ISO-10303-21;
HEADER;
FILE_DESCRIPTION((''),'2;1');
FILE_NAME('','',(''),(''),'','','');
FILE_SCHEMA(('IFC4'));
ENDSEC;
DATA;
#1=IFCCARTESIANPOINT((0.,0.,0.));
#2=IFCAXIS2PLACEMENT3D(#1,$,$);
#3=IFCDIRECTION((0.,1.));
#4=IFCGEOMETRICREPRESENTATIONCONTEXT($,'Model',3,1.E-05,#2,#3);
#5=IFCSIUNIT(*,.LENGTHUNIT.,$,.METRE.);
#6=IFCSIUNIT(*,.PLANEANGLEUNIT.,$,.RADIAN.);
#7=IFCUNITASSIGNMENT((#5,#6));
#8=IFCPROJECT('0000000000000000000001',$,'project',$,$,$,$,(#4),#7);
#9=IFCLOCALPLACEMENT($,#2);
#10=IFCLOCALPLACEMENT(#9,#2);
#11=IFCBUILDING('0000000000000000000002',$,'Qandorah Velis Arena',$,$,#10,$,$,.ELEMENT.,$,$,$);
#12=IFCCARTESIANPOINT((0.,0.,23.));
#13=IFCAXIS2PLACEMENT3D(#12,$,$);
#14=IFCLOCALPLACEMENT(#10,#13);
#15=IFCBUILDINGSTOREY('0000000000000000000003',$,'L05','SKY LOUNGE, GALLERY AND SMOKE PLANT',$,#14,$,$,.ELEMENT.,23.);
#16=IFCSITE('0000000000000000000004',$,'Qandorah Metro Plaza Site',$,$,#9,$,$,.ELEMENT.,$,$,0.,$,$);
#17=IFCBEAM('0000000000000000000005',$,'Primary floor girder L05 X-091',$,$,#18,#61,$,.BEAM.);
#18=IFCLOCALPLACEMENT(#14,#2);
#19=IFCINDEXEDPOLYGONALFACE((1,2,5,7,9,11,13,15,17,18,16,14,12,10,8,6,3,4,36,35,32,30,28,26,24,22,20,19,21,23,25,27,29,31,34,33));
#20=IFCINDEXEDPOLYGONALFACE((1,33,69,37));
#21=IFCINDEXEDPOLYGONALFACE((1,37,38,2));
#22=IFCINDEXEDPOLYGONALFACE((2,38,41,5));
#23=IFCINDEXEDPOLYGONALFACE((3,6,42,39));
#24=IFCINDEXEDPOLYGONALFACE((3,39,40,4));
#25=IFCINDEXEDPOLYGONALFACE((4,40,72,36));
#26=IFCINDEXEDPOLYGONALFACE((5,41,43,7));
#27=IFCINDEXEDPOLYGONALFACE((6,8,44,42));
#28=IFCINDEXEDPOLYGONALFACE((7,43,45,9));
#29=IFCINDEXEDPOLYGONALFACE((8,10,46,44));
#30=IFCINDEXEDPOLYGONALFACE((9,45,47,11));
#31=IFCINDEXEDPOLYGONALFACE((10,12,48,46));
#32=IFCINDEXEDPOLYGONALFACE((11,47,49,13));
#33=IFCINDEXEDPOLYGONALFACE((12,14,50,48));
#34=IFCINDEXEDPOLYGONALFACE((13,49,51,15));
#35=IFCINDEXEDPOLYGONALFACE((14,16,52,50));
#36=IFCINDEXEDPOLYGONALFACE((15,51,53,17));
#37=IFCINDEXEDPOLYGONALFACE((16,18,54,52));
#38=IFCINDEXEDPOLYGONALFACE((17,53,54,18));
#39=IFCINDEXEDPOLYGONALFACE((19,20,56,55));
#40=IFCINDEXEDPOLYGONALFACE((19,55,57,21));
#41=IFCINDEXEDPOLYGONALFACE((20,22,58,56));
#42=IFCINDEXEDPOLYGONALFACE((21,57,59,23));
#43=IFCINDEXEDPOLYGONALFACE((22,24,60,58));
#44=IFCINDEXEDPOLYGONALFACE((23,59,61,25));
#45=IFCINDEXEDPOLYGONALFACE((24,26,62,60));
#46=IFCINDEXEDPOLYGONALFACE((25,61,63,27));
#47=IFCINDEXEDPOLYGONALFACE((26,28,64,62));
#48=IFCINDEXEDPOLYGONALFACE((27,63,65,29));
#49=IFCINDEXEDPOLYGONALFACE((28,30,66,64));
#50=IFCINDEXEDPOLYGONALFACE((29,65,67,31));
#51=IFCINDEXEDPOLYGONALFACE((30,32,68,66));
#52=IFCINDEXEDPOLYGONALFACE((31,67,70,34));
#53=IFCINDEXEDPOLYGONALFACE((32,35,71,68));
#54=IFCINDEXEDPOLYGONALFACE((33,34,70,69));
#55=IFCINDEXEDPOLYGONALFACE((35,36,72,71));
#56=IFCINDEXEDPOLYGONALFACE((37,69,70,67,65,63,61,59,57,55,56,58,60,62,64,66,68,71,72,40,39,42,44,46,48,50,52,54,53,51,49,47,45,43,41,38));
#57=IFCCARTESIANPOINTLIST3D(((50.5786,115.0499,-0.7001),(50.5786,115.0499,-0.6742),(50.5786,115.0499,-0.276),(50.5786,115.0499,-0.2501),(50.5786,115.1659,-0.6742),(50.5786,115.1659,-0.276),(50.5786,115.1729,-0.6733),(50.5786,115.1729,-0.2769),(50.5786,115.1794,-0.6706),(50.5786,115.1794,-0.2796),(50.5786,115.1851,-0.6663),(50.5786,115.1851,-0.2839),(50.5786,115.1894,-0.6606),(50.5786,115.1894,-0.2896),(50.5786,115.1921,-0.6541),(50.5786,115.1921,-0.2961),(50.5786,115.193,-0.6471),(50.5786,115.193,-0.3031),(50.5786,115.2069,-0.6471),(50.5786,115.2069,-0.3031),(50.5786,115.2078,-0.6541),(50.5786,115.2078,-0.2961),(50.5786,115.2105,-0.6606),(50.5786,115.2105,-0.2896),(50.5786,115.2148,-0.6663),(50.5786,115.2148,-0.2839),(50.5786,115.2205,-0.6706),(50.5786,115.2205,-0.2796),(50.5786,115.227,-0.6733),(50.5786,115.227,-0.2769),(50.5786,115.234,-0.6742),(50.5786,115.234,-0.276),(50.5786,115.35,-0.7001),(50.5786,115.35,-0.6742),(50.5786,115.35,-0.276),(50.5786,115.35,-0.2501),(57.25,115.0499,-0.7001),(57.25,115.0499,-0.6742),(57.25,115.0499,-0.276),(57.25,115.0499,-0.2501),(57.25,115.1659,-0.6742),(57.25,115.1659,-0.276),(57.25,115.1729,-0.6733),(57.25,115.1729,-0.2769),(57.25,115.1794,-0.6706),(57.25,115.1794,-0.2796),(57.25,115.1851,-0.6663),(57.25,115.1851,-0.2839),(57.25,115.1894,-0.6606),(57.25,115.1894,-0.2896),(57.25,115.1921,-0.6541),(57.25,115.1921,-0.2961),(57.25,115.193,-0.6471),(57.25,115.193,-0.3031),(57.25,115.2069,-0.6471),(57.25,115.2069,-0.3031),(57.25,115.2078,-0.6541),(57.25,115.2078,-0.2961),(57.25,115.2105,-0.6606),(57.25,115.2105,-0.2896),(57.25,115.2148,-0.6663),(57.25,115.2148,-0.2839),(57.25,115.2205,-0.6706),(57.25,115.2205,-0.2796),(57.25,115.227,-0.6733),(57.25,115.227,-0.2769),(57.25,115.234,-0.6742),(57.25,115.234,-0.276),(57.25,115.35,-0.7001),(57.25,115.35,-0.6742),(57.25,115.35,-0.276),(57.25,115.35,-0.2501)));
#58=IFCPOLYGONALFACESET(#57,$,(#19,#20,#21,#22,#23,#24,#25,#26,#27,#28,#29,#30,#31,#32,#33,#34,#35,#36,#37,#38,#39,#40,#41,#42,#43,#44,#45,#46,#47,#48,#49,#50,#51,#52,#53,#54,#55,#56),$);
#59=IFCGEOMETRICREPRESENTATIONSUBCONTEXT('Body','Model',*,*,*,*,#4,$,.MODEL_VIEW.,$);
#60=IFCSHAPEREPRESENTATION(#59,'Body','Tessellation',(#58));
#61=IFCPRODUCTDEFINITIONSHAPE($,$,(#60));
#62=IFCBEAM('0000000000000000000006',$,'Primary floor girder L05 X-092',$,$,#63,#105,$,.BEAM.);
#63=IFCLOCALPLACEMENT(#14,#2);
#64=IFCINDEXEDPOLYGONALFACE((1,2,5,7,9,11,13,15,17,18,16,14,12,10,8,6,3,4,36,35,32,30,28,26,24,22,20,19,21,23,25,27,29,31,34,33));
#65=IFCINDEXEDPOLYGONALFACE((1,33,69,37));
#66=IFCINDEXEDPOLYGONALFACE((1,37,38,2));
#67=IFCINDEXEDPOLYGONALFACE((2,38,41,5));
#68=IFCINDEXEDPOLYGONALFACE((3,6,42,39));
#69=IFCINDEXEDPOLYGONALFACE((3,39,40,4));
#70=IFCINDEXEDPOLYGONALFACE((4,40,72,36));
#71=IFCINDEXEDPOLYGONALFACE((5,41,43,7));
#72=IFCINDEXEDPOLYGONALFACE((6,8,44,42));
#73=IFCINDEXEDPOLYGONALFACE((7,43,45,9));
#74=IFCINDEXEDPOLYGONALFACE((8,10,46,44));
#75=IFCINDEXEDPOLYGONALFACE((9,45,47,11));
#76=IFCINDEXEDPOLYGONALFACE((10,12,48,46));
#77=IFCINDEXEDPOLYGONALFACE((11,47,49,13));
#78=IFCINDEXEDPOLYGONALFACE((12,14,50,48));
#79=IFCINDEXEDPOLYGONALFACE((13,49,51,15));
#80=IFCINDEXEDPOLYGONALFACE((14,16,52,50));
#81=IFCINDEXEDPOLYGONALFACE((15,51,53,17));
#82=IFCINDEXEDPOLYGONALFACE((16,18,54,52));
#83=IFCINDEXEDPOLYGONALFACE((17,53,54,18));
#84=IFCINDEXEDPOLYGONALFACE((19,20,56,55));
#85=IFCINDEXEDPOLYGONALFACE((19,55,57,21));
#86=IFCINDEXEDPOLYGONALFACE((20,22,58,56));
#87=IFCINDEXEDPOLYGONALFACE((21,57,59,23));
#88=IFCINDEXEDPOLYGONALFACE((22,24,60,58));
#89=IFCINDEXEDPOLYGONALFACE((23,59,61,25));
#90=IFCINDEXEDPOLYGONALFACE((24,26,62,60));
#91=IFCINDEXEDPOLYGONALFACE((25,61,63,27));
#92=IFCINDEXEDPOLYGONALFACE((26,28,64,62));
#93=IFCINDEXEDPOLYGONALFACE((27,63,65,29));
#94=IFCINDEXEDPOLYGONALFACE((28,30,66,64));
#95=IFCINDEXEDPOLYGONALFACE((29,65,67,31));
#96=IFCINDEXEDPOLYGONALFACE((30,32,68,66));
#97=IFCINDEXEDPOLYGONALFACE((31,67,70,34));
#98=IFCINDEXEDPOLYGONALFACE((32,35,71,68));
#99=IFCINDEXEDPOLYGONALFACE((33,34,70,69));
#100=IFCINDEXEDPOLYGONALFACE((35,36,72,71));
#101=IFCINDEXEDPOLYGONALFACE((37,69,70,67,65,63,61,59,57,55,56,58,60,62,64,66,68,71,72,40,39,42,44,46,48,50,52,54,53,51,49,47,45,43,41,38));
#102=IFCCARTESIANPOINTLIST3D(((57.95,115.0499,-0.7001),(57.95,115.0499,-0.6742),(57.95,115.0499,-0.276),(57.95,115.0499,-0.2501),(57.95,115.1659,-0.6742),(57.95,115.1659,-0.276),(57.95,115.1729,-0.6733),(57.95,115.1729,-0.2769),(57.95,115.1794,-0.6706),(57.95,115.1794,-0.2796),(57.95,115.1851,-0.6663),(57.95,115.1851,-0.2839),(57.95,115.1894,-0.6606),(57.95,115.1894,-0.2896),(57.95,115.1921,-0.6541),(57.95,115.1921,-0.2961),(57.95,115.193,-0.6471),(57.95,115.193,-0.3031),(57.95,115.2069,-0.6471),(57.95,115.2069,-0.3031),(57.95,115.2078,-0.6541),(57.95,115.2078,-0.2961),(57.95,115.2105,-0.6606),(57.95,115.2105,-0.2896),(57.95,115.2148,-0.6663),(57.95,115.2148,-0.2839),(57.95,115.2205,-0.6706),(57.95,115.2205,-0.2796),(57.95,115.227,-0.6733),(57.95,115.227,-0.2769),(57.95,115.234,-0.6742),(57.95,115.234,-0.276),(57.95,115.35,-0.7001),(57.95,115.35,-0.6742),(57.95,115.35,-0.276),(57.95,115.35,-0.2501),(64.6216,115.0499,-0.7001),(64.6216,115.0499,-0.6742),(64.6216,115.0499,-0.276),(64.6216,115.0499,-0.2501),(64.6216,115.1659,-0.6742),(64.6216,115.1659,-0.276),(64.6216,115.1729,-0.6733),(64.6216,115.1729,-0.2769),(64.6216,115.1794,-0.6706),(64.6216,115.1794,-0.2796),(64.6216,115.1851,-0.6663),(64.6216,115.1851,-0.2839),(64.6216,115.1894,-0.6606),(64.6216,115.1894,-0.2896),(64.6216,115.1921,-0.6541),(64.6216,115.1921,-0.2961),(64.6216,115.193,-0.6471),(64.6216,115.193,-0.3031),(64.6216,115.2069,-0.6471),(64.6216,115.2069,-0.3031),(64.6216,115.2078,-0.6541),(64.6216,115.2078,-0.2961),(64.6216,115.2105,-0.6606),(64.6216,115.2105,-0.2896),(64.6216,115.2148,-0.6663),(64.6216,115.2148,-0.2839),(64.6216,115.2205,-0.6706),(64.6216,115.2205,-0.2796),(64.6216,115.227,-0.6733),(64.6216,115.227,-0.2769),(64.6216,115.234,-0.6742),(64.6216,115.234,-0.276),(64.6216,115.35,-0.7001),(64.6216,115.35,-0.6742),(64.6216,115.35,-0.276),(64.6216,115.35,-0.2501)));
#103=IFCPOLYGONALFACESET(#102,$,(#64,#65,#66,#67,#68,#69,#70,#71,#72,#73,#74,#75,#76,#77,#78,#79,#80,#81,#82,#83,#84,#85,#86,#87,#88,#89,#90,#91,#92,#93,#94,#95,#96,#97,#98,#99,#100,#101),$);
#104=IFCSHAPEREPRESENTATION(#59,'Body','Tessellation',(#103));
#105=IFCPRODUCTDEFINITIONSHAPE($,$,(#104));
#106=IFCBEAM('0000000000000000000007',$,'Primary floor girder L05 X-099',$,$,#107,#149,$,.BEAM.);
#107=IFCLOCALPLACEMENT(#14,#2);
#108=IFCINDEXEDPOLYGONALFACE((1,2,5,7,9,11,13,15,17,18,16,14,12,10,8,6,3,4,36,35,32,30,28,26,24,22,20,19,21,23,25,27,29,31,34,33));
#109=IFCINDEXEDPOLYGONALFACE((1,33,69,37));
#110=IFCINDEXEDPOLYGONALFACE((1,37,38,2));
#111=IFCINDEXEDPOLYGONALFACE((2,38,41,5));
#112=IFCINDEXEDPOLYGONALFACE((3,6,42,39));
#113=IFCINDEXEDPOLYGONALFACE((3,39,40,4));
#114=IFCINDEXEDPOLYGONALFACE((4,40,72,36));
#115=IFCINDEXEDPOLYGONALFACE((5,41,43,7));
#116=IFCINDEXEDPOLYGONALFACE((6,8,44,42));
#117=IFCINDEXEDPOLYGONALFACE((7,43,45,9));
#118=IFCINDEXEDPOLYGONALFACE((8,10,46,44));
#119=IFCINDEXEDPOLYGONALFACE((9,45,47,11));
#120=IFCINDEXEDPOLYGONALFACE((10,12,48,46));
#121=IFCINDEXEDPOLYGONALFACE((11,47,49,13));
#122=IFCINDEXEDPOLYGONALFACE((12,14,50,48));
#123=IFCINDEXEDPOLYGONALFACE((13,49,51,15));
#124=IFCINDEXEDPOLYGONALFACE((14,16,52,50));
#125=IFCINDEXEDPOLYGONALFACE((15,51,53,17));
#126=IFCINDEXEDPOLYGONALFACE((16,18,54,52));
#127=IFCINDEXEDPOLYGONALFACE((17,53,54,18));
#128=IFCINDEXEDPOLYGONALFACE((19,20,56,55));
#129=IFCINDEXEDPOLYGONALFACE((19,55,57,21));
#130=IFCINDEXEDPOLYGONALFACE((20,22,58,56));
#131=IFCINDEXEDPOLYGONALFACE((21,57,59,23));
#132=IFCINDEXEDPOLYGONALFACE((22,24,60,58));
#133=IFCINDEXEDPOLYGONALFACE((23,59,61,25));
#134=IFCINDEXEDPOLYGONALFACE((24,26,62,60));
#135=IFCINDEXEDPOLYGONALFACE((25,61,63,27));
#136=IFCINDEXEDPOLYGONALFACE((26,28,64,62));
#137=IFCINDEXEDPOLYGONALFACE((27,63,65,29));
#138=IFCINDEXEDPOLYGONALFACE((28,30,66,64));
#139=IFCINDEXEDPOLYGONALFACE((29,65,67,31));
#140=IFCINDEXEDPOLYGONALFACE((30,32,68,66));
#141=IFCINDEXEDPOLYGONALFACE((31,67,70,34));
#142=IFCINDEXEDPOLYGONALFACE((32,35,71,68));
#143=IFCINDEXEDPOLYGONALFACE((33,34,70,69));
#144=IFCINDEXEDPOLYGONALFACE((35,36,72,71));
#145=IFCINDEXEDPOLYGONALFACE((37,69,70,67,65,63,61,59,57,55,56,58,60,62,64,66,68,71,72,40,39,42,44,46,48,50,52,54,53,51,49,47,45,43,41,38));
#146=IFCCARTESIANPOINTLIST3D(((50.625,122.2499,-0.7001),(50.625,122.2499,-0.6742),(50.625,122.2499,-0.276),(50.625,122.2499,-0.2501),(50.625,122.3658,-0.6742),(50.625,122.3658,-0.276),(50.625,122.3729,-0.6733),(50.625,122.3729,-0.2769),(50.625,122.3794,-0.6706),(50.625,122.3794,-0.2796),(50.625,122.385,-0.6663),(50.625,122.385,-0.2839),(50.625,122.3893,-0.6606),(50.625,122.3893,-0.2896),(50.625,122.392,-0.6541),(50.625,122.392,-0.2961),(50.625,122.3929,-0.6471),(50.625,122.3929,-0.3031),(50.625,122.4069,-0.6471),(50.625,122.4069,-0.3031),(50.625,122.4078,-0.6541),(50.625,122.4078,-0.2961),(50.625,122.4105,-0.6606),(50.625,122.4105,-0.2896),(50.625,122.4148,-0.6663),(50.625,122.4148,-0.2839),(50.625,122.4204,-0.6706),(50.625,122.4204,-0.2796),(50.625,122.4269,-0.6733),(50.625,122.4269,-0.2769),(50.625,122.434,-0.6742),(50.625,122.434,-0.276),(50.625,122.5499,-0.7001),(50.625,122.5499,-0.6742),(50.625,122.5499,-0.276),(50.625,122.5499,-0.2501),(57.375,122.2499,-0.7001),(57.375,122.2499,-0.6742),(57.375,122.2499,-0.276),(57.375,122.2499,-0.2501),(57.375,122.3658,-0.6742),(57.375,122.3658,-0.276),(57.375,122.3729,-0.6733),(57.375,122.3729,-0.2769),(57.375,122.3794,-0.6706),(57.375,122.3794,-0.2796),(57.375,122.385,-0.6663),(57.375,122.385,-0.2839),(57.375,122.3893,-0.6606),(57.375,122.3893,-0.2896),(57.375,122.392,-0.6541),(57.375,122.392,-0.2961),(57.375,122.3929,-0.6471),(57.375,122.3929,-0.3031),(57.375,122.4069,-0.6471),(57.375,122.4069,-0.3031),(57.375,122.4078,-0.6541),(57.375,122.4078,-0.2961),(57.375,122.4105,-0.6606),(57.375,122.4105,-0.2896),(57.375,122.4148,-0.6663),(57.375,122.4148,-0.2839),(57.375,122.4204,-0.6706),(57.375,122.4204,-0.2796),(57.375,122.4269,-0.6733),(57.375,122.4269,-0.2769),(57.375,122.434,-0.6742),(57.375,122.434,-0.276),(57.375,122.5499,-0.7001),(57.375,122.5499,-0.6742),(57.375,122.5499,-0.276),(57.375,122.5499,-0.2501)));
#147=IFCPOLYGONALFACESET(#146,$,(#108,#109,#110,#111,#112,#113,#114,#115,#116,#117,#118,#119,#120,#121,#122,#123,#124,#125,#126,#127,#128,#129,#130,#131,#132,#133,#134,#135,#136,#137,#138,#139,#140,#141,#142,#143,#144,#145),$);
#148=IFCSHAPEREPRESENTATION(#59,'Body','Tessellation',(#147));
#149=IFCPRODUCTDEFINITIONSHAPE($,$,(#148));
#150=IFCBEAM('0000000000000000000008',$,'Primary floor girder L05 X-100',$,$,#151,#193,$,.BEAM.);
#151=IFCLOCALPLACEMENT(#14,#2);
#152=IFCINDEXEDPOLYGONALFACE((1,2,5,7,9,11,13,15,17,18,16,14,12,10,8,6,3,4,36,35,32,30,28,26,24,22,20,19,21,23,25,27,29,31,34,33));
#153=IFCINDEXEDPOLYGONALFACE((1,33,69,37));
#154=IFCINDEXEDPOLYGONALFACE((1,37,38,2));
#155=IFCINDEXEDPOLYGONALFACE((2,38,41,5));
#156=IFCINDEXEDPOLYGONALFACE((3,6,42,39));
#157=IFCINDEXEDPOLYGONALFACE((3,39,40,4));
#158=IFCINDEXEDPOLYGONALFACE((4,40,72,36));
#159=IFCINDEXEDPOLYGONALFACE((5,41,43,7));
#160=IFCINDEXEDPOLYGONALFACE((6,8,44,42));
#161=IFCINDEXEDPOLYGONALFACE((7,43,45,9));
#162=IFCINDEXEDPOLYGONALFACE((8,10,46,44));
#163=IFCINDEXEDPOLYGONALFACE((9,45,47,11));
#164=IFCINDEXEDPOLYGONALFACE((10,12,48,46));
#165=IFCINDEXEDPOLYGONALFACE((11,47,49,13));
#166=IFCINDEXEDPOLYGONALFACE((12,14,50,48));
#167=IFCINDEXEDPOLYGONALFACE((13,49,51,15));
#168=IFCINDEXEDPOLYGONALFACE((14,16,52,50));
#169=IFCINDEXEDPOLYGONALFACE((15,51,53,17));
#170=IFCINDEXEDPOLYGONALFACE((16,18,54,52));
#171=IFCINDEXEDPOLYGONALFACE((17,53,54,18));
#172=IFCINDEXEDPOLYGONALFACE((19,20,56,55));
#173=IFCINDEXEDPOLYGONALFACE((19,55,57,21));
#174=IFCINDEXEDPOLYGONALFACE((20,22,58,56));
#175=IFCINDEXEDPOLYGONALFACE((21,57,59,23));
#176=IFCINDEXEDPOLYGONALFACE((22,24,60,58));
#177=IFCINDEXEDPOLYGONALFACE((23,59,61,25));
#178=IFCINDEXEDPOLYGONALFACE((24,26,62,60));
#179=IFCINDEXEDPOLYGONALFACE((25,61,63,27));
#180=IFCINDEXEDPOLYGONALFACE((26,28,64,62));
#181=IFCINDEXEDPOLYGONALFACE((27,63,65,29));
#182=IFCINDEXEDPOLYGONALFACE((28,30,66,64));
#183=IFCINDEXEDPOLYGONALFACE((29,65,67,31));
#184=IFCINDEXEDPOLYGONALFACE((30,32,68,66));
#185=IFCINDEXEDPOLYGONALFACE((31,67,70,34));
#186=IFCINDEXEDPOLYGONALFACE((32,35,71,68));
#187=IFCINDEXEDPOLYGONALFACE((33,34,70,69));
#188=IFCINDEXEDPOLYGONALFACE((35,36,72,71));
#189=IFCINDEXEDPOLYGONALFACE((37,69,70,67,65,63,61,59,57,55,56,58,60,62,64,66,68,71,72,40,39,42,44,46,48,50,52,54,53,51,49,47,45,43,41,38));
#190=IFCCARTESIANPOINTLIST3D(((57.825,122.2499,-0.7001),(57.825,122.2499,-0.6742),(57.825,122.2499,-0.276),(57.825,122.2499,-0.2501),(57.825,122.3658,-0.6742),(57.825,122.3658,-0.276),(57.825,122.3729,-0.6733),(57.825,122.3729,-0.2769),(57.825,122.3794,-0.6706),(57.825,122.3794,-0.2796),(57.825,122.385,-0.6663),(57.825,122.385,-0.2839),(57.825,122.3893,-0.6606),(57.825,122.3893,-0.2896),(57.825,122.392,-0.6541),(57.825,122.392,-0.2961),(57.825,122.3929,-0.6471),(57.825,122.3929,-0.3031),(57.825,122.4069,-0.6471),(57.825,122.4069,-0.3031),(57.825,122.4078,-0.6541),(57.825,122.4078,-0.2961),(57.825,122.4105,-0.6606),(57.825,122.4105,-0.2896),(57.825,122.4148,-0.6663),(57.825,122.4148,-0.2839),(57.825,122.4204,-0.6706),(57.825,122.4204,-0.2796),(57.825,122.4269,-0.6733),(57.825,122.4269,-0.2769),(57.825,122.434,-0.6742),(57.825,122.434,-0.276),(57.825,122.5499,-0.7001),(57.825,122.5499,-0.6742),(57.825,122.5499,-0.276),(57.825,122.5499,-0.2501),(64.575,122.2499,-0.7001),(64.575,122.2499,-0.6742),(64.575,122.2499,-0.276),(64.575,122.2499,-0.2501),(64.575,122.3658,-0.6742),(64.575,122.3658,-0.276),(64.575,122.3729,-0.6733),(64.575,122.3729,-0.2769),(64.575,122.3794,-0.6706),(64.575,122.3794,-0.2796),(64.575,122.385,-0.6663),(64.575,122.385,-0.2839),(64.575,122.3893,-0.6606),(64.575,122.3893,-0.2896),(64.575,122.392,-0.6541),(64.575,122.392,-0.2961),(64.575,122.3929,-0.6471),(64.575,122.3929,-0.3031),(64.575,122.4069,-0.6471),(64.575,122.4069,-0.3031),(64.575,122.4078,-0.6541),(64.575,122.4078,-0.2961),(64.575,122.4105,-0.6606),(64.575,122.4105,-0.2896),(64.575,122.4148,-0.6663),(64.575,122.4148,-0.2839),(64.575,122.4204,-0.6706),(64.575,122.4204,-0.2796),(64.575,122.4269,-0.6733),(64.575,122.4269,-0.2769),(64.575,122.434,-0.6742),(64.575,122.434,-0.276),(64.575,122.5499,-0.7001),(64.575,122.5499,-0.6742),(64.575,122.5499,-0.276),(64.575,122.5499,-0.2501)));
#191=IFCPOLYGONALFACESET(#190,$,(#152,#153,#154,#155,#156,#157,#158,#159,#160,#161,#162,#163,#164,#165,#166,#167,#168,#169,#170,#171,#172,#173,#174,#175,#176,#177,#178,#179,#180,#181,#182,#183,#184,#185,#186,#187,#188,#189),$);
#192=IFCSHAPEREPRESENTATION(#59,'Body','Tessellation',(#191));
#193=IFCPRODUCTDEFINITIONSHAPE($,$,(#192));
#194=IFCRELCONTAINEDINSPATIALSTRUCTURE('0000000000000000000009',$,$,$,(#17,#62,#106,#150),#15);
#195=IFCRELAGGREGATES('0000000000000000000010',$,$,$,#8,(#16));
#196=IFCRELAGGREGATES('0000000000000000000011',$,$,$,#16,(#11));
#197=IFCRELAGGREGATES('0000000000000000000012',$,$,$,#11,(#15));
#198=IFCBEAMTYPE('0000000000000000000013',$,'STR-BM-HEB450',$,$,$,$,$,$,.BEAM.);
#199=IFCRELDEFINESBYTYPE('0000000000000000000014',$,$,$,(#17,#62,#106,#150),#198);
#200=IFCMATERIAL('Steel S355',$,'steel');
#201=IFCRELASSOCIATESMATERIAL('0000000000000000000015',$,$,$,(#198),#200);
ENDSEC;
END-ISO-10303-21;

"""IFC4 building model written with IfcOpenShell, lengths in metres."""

from ifc_helpers import new_model, si_unit, direction, frame, origin, origin_2d, place, context, subcontext, project, spatial, i_section, extrude, material, material_profile, profile_set, type_object, element, save


model = new_model("IFC4")

# Units and contexts
model_context = context("Model", 3, precision=1e-05, world=origin(), true_north=direction((0.0, 1.0)))
body_context = subcontext(model_context, "Body", "Model", "MODEL_VIEW")
ifc_project = project(units=[si_unit("LENGTHUNIT", "METRE"), si_unit("PLANEANGLEUNIT", "RADIAN")], contexts=[model_context])

# Site, building, storey
site_placement = place(None, origin())
site = spatial("IfcSite", under=ifc_project, at=site_placement, Name="Qandorah Metro Plaza Site", CompositionType="ELEMENT", RefElevation=0.0)
building_placement = place(site_placement, origin())
building = spatial("IfcBuilding", under=site, at=building_placement, Name="Qandorah Velis Arena", CompositionType="ELEMENT")
storey_placement = place(building_placement, frame((0.0, 0.0, 23.0)))
storey = spatial("IfcBuildingStorey", under=building, at=storey_placement, Name="L05", Description="SKY LOUNGE, GALLERY AND SMOKE PLANT", CompositionType="ELEMENT", Elevation=23.0)

# Beams
ifc_material_1 = material(Name="Steel S355", Category="steel")
ifc_material_profile_1 = material_profile(ifc_material_1, i_section(OverallWidth=0.3, OverallDepth=0.45, WebThickness=0.0139, FlangeThickness=0.0259, FilletRadius=0.0271, at=origin_2d()), Name="HEB 450")
ifc_profile_set_1 = profile_set([ifc_material_profile_1], Name="Steel S355")
beam_type_1 = type_object("IfcBeamType", Name="STR-BM-HEB450", PredefinedType="BEAM", material=ifc_profile_set_1)
beam_1_placement = place(storey_placement, frame((50.5786, 115.2, -0.4751), z_axis=(1.0, 0.0, 0.0), x_axis=(0.0, 1.0, 0.0)))
element("IfcBeam", 1, at=beam_1_placement, inside=storey, type_object=beam_type_1, Name="Primary floor girder L05 X-091", PredefinedType="BEAM", context=body_context, shape_type="SweptSolid", body=[
    extrude(i_section(OverallWidth=0.3, OverallDepth=0.45, WebThickness=0.0139, FlangeThickness=0.0259, FilletRadius=0.0271, at=origin_2d()), origin(), (0.0, 0.0, 1.0), 6.6714),
])
beam_2_placement = place(storey_placement, frame((57.95, 115.2, -0.4751), z_axis=(1.0, 0.0, 0.0), x_axis=(0.0, 1.0, 0.0)))
element("IfcBeam", 2, at=beam_2_placement, inside=storey, type_object=beam_type_1, Name="Primary floor girder L05 X-092", PredefinedType="BEAM", context=body_context, shape_type="SweptSolid", body=[
    extrude(i_section(OverallWidth=0.3, OverallDepth=0.45, WebThickness=0.0139, FlangeThickness=0.0259, FilletRadius=0.0271, at=origin_2d()), origin(), (0.0, 0.0, 1.0), 6.6716),
])
for number, where, z_axis, x_axis, name in (
    (3, (50.625, 122.3999, -0.4751), (1.0, 0.0, 0.0), (0.0, 1.0, 0.0), "Primary floor girder L05 X-099"),
    (4, (57.825, 122.3999, -0.4751), (1.0, 0.0, 0.0), (0.0, 1.0, 0.0), "Primary floor girder L05 X-100"),
):
    element("IfcBeam", number, at=place(storey_placement, frame(where, z_axis=z_axis, x_axis=x_axis)), inside=storey, type_object=beam_type_1, Name=name, PredefinedType="BEAM", context=body_context, shape_type="SweptSolid", body=[
        extrude(i_section(OverallWidth=0.3, OverallDepth=0.45, WebThickness=0.0139, FlangeThickness=0.0259, FilletRadius=0.0271, at=origin_2d()), origin(), (0.0, 0.0, 1.0), 6.75),
    ])

save(model, "model.ifc")
